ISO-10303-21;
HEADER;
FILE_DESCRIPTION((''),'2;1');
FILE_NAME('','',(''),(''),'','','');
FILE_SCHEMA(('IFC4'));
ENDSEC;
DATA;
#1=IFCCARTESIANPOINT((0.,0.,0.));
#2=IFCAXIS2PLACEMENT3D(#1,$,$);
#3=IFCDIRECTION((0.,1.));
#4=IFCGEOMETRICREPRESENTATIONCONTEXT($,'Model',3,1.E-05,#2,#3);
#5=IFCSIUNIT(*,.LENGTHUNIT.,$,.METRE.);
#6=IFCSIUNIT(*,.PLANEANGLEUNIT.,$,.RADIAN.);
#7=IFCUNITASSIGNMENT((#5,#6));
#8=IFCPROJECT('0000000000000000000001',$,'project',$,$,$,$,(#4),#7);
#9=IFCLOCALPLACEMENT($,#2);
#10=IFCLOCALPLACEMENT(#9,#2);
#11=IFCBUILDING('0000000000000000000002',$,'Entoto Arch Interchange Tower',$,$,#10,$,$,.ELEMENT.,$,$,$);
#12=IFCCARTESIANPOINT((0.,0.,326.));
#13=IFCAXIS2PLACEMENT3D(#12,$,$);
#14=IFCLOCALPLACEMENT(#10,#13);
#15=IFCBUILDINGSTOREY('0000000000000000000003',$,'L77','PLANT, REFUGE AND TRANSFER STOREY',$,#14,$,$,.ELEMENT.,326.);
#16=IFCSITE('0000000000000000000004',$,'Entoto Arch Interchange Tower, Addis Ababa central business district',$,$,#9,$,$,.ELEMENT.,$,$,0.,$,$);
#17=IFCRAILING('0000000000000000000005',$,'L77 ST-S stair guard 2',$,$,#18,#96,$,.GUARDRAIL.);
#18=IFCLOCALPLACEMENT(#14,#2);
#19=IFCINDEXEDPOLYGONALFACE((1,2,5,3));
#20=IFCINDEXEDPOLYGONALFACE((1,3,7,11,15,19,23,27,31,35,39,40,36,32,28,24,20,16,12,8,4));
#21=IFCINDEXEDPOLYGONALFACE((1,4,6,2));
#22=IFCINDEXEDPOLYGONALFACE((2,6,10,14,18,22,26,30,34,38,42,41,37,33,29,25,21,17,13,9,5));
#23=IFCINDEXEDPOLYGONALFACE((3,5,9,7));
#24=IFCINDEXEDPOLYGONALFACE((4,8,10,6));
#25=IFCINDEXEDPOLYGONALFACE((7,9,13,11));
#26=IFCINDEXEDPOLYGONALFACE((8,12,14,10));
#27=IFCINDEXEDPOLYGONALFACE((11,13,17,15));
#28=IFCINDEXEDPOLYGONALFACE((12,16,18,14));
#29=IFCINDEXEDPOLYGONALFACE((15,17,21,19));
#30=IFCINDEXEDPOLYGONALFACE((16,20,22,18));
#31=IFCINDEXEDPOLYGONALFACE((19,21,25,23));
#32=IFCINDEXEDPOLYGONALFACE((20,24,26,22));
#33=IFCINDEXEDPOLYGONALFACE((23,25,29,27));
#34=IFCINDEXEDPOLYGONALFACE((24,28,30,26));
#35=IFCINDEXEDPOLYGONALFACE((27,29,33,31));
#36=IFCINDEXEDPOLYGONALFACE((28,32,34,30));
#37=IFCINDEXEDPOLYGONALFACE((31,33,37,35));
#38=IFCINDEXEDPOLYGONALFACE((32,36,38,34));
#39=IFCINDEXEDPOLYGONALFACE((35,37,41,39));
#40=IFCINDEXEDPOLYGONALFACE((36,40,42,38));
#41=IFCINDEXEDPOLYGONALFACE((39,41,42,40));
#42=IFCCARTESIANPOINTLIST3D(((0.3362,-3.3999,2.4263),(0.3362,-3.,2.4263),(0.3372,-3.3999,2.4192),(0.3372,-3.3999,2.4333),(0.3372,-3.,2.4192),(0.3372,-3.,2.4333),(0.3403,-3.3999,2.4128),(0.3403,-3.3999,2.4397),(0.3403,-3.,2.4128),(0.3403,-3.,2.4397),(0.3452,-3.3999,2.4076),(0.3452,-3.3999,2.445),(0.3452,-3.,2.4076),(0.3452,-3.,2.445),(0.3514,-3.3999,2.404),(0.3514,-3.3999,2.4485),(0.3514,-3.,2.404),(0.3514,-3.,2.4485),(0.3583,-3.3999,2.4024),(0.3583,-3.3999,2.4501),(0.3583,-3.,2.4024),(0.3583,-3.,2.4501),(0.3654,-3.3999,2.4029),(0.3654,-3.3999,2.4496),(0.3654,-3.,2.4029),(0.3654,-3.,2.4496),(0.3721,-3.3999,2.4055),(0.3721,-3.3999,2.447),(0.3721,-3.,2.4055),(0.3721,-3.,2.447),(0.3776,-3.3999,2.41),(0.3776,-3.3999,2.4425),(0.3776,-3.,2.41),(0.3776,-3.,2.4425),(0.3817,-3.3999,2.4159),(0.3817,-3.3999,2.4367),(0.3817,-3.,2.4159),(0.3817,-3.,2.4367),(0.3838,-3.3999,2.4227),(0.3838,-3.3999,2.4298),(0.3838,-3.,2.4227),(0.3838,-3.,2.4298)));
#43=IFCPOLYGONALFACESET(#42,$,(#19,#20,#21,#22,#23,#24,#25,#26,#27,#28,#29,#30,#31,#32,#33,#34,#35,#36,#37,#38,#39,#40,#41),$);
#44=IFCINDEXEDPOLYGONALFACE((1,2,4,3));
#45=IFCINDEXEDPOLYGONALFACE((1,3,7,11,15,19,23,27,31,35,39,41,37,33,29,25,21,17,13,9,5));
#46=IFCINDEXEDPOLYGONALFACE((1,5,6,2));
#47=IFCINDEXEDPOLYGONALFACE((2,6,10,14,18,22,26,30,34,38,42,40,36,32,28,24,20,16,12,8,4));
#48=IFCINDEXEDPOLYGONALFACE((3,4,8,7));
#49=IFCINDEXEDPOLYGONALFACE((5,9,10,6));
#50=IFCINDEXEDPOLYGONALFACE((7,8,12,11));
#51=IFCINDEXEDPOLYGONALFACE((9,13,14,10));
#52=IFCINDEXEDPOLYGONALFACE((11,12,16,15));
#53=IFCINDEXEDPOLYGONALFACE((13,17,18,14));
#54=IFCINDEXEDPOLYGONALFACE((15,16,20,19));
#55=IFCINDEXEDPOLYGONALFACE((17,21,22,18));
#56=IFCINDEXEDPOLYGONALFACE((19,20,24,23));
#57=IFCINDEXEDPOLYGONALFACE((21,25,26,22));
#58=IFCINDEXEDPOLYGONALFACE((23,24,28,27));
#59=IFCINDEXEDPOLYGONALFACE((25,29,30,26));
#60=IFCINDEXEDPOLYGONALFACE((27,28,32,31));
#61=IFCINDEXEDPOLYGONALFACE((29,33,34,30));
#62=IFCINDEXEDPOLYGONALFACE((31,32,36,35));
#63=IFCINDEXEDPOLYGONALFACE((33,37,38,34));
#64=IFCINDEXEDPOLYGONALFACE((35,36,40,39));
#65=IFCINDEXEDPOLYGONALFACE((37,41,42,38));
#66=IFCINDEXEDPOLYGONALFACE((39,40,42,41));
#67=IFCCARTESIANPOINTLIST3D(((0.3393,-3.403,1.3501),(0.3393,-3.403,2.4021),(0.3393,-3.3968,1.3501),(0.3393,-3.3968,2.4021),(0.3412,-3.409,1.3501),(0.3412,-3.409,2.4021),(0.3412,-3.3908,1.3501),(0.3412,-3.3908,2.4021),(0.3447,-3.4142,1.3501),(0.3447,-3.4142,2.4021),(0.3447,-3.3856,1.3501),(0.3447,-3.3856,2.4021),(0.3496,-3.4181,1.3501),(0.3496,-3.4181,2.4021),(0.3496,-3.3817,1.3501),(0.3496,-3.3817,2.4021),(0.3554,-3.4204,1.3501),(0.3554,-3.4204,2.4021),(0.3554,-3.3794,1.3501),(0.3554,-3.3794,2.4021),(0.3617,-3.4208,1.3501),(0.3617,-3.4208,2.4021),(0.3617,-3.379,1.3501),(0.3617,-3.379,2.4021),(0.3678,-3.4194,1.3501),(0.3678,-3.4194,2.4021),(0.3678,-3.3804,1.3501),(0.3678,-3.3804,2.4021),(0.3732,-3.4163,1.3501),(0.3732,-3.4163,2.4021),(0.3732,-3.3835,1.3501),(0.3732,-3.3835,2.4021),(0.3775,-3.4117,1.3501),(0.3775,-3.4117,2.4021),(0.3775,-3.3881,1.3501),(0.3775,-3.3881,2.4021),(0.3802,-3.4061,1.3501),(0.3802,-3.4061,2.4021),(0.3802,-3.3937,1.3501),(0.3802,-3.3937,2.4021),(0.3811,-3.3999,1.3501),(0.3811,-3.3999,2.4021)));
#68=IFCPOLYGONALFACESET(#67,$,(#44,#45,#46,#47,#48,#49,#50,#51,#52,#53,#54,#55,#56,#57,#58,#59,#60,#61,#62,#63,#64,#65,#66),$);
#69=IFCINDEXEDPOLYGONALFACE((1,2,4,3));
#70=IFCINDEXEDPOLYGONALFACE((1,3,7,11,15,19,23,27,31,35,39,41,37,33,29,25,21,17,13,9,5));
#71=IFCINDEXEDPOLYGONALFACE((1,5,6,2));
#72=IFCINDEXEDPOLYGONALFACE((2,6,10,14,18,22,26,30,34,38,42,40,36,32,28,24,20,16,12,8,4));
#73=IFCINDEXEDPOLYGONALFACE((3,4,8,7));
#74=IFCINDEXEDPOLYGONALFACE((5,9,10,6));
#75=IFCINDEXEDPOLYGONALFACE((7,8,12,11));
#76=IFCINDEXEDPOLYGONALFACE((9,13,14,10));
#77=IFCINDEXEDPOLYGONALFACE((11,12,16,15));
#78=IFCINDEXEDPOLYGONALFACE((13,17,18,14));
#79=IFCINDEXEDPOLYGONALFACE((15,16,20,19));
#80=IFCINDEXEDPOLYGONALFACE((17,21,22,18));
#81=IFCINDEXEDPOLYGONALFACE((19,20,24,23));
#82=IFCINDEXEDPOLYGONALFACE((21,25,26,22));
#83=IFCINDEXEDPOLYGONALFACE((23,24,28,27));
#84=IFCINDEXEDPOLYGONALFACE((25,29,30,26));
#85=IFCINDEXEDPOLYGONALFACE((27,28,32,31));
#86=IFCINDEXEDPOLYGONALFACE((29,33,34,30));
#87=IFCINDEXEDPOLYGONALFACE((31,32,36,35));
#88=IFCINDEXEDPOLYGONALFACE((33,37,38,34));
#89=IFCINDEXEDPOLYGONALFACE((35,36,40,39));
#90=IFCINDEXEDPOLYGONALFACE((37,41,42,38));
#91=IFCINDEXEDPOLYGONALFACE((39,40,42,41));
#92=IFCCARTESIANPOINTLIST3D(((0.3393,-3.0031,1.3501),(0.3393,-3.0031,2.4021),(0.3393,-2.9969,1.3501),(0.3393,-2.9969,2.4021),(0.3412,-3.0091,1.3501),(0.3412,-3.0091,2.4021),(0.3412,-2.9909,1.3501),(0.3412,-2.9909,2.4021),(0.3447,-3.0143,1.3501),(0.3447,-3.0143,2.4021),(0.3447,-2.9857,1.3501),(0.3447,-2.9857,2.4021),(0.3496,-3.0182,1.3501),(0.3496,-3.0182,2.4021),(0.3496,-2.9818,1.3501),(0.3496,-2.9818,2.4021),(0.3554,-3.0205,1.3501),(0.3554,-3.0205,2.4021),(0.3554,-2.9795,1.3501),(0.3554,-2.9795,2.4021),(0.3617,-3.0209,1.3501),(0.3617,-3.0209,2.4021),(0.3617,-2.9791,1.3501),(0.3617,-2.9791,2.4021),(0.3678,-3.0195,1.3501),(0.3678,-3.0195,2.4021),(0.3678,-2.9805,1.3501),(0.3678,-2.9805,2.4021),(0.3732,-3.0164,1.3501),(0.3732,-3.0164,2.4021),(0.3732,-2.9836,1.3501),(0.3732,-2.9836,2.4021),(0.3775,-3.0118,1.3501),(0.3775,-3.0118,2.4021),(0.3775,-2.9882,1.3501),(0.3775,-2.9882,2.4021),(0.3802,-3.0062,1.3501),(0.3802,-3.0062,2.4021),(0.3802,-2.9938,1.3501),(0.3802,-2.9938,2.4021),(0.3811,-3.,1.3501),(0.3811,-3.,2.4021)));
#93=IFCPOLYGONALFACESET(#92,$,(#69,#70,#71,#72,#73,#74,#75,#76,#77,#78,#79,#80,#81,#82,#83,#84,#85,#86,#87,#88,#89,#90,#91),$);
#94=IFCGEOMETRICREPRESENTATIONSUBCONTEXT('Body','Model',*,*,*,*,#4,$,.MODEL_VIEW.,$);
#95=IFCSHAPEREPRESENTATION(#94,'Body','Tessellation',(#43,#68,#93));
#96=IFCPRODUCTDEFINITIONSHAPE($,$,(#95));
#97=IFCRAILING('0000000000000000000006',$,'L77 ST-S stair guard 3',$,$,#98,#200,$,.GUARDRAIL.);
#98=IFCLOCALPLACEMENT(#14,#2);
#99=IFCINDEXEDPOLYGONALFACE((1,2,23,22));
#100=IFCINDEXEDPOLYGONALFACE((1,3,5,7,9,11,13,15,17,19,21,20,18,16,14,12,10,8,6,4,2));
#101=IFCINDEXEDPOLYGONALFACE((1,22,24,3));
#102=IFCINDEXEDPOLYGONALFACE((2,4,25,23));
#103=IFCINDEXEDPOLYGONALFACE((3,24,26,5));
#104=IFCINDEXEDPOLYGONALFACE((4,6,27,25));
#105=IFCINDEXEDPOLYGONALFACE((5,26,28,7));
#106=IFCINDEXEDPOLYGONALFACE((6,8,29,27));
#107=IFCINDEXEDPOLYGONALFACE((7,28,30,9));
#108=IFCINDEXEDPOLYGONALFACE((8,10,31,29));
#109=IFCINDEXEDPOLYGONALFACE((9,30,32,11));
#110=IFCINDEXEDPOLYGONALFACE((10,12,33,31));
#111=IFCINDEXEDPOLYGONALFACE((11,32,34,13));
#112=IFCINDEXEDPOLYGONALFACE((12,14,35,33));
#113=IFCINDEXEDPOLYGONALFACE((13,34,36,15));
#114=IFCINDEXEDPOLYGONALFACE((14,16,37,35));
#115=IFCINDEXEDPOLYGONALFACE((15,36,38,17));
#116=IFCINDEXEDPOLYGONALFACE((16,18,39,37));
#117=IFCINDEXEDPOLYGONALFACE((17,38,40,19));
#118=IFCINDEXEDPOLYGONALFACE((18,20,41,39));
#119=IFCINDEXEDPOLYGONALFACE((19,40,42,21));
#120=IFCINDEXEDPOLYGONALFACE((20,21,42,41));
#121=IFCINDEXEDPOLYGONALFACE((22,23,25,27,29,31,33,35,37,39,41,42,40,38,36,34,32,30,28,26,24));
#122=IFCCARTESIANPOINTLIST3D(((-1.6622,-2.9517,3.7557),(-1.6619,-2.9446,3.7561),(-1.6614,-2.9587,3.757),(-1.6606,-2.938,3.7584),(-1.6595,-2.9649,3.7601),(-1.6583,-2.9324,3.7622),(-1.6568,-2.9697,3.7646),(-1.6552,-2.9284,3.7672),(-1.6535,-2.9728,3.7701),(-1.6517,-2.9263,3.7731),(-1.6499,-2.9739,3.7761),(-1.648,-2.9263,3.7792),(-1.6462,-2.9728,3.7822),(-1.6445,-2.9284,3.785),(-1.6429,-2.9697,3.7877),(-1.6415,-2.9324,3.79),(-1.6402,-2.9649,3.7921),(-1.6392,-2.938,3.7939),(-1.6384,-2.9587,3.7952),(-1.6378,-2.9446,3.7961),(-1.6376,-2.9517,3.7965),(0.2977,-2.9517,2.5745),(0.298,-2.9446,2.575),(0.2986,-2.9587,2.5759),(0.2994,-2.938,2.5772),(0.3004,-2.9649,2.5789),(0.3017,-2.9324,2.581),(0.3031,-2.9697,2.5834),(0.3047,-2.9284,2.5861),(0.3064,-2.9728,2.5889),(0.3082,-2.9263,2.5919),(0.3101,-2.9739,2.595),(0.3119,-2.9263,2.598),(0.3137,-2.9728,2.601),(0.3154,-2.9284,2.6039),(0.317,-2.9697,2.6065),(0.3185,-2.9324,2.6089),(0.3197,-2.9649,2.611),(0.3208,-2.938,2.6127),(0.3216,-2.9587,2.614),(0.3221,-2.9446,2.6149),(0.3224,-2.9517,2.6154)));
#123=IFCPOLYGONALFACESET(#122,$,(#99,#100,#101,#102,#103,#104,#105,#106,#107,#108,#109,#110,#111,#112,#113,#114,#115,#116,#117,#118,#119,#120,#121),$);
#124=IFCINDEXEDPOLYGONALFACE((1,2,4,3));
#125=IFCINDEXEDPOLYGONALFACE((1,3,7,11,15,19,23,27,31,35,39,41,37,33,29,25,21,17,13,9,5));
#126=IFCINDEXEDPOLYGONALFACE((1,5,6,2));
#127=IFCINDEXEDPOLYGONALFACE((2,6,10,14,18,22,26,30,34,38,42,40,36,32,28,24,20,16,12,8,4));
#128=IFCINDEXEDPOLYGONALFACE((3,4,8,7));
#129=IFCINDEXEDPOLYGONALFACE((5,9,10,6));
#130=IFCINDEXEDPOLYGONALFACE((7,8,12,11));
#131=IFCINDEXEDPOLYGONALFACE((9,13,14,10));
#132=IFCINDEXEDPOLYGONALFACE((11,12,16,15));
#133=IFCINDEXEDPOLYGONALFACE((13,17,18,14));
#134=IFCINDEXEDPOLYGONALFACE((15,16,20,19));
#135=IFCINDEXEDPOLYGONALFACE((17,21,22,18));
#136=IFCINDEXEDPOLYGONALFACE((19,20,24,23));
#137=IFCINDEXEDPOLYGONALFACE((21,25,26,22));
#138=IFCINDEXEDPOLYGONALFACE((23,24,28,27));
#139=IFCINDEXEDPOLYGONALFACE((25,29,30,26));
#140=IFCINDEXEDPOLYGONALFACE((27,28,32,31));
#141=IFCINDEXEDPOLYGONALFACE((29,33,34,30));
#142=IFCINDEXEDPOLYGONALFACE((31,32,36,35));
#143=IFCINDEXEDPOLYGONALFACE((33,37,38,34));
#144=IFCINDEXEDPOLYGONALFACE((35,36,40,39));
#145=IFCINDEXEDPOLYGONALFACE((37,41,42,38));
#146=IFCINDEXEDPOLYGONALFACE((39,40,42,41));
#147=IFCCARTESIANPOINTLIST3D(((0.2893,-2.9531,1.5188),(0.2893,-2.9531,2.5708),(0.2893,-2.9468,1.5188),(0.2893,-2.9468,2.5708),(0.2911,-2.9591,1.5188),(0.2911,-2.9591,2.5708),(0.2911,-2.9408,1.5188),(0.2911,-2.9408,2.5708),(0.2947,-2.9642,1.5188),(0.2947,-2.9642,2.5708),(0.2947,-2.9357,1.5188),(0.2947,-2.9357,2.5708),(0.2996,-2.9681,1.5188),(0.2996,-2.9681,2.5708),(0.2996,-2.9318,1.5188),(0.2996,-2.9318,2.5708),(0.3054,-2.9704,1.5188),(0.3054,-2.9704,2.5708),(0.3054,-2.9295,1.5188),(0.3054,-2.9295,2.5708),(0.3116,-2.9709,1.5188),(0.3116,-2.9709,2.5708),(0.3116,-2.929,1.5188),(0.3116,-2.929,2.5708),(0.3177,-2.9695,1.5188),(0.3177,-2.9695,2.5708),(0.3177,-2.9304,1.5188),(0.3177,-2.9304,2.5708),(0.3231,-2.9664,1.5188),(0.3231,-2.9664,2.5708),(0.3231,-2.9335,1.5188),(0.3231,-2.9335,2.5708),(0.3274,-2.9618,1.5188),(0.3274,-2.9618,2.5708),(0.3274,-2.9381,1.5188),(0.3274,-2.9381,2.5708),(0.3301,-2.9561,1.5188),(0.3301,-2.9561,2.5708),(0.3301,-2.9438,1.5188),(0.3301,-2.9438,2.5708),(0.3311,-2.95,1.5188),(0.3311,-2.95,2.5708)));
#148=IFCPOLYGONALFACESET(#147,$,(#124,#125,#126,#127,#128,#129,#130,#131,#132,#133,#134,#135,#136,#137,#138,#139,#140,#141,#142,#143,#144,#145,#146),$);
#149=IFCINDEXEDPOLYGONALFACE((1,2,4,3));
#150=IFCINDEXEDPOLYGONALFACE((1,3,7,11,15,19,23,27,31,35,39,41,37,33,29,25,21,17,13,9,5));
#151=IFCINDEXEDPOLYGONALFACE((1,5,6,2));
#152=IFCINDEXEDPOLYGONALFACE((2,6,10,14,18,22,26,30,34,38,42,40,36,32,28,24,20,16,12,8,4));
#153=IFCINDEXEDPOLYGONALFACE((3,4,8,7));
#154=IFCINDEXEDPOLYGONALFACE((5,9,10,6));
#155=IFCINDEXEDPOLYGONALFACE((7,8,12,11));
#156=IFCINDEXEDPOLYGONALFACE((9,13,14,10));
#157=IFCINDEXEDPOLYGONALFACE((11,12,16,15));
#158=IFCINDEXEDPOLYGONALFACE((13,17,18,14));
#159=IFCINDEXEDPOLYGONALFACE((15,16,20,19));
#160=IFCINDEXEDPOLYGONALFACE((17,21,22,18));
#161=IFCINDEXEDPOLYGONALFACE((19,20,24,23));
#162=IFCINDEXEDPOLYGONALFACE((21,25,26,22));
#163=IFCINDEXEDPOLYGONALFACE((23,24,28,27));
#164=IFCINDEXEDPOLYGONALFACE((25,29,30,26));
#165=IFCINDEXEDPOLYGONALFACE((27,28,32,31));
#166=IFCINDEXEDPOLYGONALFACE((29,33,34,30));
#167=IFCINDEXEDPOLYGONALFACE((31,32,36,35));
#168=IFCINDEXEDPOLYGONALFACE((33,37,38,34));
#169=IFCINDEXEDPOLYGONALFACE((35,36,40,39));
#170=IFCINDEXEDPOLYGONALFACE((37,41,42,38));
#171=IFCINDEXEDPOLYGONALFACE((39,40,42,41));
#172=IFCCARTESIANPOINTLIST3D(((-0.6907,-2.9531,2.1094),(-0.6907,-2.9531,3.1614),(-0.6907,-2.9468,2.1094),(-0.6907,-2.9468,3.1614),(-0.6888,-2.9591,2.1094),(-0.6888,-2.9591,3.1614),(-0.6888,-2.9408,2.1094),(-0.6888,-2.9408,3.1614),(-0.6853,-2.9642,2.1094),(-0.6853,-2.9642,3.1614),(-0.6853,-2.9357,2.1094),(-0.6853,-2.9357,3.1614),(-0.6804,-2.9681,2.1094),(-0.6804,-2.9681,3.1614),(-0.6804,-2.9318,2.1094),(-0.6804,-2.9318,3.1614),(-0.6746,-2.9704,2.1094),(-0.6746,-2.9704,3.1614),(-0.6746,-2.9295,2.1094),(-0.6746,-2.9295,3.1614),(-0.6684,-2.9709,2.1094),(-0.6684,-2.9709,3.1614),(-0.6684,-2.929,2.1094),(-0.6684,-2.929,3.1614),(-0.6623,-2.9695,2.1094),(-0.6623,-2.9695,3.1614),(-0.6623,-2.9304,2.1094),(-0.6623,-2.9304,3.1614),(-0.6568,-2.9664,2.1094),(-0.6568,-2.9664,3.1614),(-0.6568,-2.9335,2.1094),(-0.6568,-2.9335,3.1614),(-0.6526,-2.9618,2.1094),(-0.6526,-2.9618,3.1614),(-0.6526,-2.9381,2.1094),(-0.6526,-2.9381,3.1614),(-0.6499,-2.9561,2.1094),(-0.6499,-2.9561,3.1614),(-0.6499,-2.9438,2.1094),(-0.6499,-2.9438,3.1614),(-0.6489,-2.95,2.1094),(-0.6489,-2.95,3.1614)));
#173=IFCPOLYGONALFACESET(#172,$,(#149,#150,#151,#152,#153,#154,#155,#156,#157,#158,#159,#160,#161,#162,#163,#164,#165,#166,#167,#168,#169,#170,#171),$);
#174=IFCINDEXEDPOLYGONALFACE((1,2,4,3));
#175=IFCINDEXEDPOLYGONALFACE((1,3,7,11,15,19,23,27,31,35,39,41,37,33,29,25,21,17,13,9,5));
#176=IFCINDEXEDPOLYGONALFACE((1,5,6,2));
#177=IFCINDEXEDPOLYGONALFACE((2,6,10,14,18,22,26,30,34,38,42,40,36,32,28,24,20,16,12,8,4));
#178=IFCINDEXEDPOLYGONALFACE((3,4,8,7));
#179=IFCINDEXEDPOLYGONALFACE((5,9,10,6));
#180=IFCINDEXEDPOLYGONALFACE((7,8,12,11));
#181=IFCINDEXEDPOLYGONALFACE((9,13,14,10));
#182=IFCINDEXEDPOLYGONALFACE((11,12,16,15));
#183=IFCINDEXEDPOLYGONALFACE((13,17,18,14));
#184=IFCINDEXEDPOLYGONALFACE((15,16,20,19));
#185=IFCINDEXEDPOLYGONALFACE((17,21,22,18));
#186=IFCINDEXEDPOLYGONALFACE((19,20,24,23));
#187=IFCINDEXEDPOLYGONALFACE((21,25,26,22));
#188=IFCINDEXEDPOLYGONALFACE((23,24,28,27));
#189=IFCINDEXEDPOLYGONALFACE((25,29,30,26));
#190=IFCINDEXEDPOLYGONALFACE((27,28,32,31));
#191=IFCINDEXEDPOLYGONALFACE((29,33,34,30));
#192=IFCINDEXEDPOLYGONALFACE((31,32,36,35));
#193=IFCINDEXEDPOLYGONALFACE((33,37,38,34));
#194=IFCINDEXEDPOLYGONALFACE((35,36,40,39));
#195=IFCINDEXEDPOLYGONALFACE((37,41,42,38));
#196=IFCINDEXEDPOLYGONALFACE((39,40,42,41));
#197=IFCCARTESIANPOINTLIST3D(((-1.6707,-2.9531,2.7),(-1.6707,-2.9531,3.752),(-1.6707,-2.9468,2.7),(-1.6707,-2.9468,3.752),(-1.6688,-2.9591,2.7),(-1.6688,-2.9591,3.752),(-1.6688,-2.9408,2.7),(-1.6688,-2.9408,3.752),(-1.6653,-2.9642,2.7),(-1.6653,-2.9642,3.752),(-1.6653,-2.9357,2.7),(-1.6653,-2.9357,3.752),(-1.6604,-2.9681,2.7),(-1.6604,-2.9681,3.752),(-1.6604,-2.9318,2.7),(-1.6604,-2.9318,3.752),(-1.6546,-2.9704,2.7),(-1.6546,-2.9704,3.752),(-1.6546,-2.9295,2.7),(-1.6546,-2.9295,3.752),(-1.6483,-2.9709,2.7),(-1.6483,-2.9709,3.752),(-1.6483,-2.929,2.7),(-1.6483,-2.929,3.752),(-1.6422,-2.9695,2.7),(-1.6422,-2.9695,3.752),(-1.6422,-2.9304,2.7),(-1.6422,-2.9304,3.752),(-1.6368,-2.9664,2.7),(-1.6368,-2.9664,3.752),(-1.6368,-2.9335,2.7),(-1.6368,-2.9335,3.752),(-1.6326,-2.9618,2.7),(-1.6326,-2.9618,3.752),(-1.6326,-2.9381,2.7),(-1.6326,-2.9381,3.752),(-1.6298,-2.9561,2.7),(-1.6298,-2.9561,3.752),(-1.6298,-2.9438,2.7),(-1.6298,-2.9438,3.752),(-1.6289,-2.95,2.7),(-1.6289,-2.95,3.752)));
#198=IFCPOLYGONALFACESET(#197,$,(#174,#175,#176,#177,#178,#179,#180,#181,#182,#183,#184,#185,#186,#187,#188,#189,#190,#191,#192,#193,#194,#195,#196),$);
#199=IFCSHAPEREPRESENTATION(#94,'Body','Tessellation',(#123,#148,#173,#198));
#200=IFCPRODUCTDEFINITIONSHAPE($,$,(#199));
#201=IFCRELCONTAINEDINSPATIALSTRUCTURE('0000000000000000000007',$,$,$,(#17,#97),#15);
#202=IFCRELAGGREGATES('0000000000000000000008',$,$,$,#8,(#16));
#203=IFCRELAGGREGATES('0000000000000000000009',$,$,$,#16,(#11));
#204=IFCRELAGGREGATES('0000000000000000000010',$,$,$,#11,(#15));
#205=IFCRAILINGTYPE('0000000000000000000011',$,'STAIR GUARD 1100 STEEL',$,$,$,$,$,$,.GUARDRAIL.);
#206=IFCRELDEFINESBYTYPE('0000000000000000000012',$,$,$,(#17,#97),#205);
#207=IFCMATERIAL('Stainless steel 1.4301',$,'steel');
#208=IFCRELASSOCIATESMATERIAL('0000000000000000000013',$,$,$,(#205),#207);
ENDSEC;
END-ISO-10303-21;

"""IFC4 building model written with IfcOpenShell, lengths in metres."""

from ifc_helpers import new_model, si_unit, direction, frame, origin, origin_2d, place, context, subcontext, project, spatial, circle, extrude, material, type_object, element, save


model = new_model("IFC4")

# Units and contexts
model_context = context("Model", 3, precision=1e-05, world=origin(), true_north=direction((0.0, 1.0)))
body_context = subcontext(model_context, "Body", "Model", "MODEL_VIEW")
ifc_project = project(units=[si_unit("LENGTHUNIT", "METRE"), si_unit("PLANEANGLEUNIT", "RADIAN")], contexts=[model_context])

# Site, building, storey
site_placement = place(None, origin())
site = spatial("IfcSite", under=ifc_project, at=site_placement, Name="Entoto Arch Interchange Tower, Addis Ababa central business district", CompositionType="ELEMENT", RefElevation=0.0)
building_placement = place(site_placement, origin())
building = spatial("IfcBuilding", under=site, at=building_placement, Name="Entoto Arch Interchange Tower", CompositionType="ELEMENT")
storey_placement = place(building_placement, frame((0.0, 0.0, 326.0)))
storey = spatial("IfcBuildingStorey", under=building, at=storey_placement, Name="L77", Description="PLANT, REFUGE AND TRANSFER STOREY", CompositionType="ELEMENT", Elevation=326.0)

# Railings
ifc_material_1 = material(Name="Stainless steel 1.4301", Category="steel")
railing_type_1 = type_object("IfcRailingType", Name="STAIR GUARD 1100 STEEL", PredefinedType="GUARDRAIL", material=ifc_material_1)
railing_1_placement = place(storey_placement, frame((0.3601, -3.3999, 1.3501)))
element("IfcRailing", 1, at=railing_1_placement, inside=storey, type_object=railing_type_1, Name="L77 ST-S stair guard 2", PredefinedType="GUARDRAIL", context=body_context, shape_type="SweptSolid", body=[
    extrude(circle(Radius=0.0239, at=origin_2d()), frame((0.0, 0.0, 1.0762), z_axis=(0.0, 1.0, 0.0), x_axis=(-1.0, 0.0, 0.0)), (0.0, 0.0, 1.0), 0.3999),
    extrude(circle(Radius=0.021, at=origin_2d()), origin(), (0.0, 0.0, 1.0), 1.052),
    extrude(circle(Radius=0.021, at=origin_2d()), frame((0.0, 0.3999, 0.0)), (0.0, 0.0, 1.0), 1.052),
])
railing_2_placement = place(storey_placement, frame((0.3101, -2.95, 1.5188)))
element("IfcRailing", 2, at=railing_2_placement, inside=storey, type_object=railing_type_1, Name="L77 ST-S stair guard 3", PredefinedType="GUARDRAIL", context=body_context, shape_type="SweptSolid", body=[
    extrude(circle(Radius=0.0239, at=origin_2d()), frame((0.0, 0.0, 1.0762), z_axis=(-0.856493, 0.0, 0.516158), x_axis=(0.0, -1.0, 0.0)), (0.0, 0.0, 1.0), 2.2883),
    extrude(circle(Radius=0.021, at=origin_2d()), origin(), (0.0, 0.0, 1.0), 1.052),
    extrude(circle(Radius=0.021, at=origin_2d()), frame((-0.98, 0.0, 0.5906)), (0.0, 0.0, 1.0), 1.052),
    extrude(circle(Radius=0.021, at=origin_2d()), frame((-1.96, 0.0, 1.1812)), (0.0, 0.0, 1.0), 1.052),
])

save(model, "model.ifc")
